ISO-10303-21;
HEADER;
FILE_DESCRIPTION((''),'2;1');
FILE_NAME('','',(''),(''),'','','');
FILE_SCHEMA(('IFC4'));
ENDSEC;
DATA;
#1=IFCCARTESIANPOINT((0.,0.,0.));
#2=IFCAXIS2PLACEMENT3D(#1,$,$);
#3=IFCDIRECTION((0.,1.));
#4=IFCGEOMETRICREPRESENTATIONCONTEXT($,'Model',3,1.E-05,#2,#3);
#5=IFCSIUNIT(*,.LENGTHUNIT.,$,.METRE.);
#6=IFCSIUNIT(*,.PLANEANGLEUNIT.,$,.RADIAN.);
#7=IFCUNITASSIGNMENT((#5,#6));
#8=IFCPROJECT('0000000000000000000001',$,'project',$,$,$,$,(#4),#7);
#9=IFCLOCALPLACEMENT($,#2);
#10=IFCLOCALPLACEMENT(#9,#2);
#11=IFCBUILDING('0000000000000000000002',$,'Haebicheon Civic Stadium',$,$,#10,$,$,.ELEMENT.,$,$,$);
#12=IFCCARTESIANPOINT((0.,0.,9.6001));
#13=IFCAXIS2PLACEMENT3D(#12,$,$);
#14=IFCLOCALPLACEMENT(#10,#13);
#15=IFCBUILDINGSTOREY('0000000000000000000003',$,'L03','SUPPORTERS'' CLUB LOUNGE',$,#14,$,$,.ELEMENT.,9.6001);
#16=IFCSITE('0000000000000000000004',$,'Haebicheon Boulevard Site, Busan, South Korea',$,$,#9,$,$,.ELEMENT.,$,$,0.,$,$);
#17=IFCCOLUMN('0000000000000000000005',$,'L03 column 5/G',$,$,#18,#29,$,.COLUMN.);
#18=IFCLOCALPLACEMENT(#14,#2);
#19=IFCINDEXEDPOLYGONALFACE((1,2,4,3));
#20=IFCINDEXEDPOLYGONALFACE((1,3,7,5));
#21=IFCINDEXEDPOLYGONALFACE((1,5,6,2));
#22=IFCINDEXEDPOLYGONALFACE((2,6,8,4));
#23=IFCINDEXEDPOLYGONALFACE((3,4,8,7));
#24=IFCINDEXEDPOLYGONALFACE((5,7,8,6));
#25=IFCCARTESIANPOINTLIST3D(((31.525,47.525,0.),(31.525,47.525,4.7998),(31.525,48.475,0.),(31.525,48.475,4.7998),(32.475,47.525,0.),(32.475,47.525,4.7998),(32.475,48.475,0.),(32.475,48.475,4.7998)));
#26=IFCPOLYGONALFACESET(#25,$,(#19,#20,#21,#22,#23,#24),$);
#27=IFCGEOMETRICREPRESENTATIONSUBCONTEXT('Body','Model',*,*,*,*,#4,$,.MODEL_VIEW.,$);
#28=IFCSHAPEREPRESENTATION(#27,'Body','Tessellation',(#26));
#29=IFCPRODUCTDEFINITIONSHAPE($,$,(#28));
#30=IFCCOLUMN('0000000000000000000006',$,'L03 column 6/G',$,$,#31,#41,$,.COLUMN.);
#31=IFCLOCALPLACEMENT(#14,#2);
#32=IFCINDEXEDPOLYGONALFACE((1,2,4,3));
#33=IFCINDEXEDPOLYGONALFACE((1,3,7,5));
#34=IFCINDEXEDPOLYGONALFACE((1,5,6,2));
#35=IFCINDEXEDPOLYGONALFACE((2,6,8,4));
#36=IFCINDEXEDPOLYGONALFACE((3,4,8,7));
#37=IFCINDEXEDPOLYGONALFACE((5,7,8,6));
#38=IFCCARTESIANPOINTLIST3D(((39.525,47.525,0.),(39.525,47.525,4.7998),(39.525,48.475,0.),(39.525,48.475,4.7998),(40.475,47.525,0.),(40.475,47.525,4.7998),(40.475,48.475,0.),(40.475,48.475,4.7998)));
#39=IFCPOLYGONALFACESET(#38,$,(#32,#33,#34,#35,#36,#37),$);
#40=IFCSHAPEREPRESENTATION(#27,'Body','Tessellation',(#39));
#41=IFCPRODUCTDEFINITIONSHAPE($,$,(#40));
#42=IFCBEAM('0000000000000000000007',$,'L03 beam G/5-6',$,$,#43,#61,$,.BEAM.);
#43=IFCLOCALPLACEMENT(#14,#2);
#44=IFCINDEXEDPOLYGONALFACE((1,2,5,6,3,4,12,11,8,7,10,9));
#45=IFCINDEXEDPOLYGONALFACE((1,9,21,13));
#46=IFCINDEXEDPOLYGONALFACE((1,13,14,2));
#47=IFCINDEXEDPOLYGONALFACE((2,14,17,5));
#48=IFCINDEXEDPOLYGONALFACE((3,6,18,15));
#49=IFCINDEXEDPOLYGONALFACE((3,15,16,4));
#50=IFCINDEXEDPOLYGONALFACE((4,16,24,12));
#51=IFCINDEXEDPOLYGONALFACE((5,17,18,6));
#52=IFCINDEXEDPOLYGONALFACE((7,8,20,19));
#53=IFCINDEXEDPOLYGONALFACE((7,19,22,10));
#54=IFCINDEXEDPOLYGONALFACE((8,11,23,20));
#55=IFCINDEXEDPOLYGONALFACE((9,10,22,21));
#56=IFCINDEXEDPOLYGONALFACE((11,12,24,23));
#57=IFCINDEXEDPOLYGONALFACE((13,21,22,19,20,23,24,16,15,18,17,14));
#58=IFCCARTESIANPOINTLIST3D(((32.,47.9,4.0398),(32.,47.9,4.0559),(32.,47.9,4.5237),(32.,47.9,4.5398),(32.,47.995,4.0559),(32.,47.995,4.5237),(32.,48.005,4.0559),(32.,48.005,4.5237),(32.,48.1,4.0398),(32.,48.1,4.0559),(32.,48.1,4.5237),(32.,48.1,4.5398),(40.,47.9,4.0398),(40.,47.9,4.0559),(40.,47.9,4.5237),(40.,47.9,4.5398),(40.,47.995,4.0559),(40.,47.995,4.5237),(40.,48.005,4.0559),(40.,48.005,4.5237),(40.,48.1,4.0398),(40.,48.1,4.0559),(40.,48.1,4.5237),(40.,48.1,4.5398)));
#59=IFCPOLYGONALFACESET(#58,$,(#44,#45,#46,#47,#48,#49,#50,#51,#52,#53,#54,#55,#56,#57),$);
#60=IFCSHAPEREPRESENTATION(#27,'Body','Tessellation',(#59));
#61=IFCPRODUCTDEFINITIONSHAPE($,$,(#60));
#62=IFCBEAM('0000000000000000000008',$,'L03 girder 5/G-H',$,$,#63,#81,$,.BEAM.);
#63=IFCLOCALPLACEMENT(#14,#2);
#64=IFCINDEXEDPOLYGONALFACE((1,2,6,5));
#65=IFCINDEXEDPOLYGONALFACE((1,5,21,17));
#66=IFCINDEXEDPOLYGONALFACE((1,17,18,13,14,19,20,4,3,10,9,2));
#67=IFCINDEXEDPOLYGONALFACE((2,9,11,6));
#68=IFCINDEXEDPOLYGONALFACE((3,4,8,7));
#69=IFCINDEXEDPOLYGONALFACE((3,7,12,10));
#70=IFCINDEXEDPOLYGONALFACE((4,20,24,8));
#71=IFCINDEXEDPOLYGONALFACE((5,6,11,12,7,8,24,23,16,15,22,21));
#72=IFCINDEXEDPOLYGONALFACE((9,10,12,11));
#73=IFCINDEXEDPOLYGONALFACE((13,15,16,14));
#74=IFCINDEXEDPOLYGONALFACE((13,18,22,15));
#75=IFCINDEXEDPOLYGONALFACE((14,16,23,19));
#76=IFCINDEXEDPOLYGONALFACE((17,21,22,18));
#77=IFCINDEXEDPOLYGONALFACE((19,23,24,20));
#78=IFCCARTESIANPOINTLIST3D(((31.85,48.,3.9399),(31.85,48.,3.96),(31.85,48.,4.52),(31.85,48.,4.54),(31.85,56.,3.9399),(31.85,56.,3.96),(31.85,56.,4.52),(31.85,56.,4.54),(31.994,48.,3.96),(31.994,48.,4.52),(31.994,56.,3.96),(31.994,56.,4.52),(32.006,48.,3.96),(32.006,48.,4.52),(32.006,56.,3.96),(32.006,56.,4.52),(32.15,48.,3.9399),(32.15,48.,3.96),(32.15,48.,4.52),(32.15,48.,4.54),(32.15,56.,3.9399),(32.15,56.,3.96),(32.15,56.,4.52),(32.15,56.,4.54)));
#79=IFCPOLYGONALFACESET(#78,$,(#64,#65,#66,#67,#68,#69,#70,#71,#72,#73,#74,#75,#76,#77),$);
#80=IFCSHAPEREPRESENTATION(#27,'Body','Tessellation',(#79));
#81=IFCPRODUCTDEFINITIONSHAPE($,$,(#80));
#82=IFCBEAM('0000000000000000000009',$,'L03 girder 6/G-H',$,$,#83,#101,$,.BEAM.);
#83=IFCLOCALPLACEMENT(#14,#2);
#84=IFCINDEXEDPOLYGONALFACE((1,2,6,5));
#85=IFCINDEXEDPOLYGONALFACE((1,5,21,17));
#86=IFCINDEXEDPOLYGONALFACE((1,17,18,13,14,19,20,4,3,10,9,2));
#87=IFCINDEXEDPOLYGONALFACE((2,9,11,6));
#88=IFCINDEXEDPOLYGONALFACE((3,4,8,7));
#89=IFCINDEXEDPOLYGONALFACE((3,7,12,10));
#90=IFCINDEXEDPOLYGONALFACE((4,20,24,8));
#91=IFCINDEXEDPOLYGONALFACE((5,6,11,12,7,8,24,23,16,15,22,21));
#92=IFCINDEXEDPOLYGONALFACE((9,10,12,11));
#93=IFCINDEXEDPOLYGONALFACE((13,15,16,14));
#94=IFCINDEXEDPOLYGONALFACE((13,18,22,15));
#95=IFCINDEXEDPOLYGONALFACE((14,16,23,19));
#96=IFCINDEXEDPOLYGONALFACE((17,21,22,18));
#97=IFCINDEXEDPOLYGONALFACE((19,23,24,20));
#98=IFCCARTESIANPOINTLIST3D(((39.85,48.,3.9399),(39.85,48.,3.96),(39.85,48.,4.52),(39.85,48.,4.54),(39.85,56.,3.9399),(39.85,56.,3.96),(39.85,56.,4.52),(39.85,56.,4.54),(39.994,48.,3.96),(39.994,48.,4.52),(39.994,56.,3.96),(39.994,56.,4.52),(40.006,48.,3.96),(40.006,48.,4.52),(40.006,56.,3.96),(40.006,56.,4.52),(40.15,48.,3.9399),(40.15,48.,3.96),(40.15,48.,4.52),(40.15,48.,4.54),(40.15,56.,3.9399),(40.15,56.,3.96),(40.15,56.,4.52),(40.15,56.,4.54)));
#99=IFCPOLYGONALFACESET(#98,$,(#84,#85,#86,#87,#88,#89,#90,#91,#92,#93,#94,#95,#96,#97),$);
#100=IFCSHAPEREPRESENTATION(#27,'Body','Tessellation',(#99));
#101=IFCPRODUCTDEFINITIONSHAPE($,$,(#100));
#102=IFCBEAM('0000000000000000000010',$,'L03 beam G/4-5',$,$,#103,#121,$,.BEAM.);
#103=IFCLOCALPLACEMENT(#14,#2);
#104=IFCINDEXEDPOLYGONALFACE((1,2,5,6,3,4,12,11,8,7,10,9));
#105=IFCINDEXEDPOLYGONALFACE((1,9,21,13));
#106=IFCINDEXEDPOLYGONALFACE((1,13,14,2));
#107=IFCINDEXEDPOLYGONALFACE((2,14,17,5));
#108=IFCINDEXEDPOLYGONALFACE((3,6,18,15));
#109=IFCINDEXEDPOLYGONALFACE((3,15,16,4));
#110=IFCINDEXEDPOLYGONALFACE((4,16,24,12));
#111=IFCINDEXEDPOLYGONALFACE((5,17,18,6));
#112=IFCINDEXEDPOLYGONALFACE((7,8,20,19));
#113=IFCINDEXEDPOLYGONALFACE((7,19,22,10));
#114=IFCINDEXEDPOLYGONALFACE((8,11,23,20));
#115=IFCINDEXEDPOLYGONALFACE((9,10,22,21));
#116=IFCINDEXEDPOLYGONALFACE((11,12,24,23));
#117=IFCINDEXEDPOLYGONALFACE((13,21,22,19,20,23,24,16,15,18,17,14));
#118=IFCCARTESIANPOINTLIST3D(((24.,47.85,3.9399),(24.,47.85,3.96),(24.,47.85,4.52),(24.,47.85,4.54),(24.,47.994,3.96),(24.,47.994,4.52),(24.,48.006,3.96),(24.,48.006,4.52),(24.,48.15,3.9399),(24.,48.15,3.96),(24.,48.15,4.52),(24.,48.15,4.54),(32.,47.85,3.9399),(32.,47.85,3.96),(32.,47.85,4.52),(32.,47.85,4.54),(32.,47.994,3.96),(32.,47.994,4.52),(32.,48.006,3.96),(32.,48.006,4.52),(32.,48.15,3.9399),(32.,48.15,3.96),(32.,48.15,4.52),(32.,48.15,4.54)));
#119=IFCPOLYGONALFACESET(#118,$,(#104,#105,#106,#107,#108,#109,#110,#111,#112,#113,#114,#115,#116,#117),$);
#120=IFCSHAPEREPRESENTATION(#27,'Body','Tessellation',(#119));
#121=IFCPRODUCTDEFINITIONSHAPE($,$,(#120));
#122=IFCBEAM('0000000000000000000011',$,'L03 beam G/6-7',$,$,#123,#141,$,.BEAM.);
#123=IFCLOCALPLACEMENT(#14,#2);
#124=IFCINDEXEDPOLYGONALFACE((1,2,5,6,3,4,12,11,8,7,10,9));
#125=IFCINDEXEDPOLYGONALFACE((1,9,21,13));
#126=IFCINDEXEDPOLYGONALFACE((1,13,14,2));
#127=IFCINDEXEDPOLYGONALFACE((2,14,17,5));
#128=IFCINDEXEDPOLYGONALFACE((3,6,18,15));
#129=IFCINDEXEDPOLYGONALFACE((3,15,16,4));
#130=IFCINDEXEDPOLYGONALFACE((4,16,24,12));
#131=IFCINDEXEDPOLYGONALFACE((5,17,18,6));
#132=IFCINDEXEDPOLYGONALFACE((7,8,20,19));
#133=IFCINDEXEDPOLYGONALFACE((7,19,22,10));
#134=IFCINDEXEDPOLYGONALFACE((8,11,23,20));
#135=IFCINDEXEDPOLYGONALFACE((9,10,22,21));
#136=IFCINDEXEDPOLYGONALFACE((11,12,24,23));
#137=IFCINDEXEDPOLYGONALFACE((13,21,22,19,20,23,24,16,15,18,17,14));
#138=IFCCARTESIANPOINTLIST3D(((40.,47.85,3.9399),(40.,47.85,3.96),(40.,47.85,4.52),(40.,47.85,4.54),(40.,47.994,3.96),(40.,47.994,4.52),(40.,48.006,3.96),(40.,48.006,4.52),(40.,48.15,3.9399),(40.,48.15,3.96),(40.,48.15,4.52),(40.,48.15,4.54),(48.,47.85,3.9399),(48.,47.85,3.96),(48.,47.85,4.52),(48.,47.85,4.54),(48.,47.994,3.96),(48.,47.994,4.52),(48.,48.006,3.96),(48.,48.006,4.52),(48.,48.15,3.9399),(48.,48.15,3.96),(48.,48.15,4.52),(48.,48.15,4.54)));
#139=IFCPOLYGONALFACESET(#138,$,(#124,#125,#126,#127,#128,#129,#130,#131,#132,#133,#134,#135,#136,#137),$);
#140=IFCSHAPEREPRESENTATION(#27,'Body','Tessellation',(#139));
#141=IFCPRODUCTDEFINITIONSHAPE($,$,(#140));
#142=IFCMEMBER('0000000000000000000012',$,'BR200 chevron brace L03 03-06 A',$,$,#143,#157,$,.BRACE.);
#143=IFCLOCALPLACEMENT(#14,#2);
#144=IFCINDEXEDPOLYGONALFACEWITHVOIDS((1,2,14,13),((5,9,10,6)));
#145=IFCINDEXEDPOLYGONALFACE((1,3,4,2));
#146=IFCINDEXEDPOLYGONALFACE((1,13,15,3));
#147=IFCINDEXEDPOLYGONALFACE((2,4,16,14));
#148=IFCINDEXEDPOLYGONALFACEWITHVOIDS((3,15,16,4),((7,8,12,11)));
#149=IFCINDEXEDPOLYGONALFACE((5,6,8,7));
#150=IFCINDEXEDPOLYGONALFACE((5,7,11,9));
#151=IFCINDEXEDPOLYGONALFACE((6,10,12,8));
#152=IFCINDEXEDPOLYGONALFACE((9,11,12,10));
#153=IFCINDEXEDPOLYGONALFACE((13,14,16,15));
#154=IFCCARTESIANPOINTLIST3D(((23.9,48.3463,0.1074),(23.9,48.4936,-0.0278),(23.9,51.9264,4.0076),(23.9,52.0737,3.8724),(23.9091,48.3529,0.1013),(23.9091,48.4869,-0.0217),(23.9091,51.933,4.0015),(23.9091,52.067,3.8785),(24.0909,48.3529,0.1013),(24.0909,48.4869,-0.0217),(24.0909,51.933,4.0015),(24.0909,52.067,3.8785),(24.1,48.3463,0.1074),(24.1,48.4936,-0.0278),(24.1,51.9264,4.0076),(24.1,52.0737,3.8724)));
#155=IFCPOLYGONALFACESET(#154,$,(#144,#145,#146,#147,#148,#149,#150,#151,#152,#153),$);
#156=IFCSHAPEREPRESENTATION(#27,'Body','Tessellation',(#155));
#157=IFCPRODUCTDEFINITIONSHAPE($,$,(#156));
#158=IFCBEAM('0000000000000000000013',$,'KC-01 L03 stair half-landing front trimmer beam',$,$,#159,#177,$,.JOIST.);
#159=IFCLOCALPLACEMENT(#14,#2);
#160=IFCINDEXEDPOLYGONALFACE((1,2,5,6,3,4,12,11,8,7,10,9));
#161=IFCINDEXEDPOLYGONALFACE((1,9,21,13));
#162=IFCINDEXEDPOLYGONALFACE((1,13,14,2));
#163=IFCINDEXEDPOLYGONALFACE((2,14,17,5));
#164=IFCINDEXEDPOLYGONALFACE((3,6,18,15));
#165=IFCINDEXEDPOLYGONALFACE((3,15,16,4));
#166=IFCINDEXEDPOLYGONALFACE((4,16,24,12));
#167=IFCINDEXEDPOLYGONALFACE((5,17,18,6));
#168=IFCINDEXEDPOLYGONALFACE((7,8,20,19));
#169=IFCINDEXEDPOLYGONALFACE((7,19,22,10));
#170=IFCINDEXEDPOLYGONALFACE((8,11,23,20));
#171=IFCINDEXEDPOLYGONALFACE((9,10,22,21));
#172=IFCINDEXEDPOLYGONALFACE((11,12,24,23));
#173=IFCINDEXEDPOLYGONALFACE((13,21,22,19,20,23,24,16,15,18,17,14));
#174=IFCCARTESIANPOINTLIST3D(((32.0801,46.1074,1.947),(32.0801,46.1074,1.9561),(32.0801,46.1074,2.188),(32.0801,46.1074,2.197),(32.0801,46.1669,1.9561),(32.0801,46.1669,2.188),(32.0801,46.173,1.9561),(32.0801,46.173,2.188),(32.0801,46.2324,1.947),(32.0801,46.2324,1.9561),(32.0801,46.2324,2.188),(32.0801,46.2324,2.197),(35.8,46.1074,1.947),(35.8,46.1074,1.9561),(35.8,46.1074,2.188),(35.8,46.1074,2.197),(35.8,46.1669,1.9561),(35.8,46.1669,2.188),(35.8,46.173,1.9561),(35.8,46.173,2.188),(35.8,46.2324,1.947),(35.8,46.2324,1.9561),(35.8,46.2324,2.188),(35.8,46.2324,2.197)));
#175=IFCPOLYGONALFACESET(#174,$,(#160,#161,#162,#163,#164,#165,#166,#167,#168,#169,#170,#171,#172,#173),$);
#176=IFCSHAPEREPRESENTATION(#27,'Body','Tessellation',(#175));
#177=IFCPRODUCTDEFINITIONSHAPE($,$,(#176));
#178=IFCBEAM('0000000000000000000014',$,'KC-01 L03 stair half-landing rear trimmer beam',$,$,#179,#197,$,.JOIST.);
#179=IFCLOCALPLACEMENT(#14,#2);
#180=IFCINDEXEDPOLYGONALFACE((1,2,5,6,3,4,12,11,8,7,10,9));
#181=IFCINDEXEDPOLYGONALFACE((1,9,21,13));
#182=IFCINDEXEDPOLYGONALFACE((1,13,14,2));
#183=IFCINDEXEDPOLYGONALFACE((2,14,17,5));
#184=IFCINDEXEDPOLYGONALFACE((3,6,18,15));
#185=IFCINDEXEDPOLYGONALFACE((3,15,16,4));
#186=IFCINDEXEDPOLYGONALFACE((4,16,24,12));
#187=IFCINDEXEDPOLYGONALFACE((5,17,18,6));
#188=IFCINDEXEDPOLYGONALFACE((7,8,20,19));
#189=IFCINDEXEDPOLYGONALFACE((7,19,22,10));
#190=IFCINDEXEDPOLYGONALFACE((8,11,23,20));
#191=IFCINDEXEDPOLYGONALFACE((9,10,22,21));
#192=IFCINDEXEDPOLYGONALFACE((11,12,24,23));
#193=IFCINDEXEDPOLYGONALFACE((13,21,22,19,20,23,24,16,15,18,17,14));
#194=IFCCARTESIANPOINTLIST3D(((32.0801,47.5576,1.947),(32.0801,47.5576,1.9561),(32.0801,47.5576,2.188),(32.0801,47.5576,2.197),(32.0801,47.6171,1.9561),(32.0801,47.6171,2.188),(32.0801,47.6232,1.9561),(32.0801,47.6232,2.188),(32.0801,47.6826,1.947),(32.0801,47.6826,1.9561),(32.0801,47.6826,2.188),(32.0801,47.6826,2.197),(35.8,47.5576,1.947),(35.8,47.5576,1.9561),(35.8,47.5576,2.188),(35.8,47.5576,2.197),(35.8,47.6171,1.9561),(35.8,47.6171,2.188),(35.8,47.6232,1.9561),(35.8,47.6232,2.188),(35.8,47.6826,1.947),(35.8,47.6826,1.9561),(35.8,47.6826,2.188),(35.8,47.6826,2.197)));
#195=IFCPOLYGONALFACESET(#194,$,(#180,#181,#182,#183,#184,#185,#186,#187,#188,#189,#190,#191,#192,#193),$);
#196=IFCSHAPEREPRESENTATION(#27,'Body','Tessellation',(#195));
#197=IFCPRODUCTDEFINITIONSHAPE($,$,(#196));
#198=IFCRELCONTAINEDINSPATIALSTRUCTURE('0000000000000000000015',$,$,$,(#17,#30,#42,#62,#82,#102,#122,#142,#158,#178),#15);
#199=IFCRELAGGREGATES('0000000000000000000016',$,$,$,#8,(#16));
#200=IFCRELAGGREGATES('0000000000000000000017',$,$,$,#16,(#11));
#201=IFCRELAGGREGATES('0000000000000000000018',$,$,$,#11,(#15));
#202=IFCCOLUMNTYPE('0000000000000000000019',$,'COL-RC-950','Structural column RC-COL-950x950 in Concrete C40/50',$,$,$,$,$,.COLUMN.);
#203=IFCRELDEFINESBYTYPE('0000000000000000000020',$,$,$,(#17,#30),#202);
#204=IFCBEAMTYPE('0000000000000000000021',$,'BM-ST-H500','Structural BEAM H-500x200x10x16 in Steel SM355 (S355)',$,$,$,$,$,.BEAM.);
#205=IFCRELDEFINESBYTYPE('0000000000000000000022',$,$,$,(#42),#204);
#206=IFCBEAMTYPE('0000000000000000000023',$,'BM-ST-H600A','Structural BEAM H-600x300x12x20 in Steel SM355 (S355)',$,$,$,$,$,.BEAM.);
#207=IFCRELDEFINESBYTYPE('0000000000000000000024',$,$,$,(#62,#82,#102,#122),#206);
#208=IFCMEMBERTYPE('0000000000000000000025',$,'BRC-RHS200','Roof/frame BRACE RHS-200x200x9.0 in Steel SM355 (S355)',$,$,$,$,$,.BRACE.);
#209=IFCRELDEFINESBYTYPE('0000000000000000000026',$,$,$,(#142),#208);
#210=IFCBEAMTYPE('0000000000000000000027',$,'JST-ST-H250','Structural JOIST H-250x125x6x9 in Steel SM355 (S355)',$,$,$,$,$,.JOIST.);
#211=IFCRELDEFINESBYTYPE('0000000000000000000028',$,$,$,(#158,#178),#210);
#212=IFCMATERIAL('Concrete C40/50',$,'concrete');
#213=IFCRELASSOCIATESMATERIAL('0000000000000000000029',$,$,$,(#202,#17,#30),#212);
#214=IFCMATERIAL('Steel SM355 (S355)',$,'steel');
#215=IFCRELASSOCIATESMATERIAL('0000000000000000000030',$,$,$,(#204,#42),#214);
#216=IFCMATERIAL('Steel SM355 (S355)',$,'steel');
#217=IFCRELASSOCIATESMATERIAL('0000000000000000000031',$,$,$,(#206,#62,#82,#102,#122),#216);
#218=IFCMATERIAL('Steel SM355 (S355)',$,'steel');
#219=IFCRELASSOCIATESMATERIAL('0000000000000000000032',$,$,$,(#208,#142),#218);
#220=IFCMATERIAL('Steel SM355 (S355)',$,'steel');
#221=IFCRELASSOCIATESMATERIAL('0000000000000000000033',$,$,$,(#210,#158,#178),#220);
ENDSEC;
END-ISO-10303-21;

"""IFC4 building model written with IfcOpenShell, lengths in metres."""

from ifc_helpers import new_model, si_unit, direction, frame, origin, origin_2d, place, context, subcontext, project, spatial, rectangle, hollow_rectangle, i_section, extrude, material, material_profile, profile_set, type_object, element, save


model = new_model("IFC4")

# Units and contexts
model_context = context("Model", 3, precision=1e-05, world=origin(), true_north=direction((0.0, 1.0)))
body_context = subcontext(model_context, "Body", "Model", "MODEL_VIEW")
ifc_project = project(units=[si_unit("LENGTHUNIT", "METRE"), si_unit("PLANEANGLEUNIT", "RADIAN")], contexts=[model_context])

# Site, building, storey
site_placement = place(None, origin())
site = spatial("IfcSite", under=ifc_project, at=site_placement, Name="Haebicheon Boulevard Site, Busan, South Korea", CompositionType="ELEMENT", RefElevation=0.0)
building_placement = place(site_placement, origin())
building = spatial("IfcBuilding", under=site, at=building_placement, Name="Haebicheon Civic Stadium", CompositionType="ELEMENT")
storey_placement = place(building_placement, frame((0.0, 0.0, 9.6001)))
storey = spatial("IfcBuildingStorey", under=building, at=storey_placement, Name="L03", Description="SUPPORTERS' CLUB LOUNGE", CompositionType="ELEMENT", Elevation=9.6001)

# Columns
ifc_material_1 = material(Name="Concrete C40/50", Category="concrete")
ifc_material_profile_1 = material_profile(ifc_material_1, rectangle(XDim=0.95, YDim=0.95, at=origin_2d()), Name="RC-COL-950x950")
ifc_profile_set_1 = profile_set([ifc_material_profile_1], Name="Concrete C40/50")
column_type = type_object("IfcColumnType", Name="COL-RC-950", Description="Structural column RC-COL-950x950 in Concrete C40/50", PredefinedType="COLUMN", material=ifc_profile_set_1)
for number, where, z_axis, x_axis, name in (
    (1, (32.0, 48.0, 0.0), (0.0, 0.0, 1.0), (1.0, 0.0, 0.0), "L03 column 5/G"),
    (2, (40.0, 48.0, 0.0), (0.0, 0.0, 1.0), (1.0, 0.0, 0.0), "L03 column 6/G"),
):
    element("IfcColumn", number, at=place(storey_placement, frame(where, z_axis=z_axis, x_axis=x_axis)), inside=storey, type_object=column_type, material=ifc_profile_set_1, Name=name, PredefinedType="COLUMN", context=body_context, shape_type="SweptSolid", body=[
        extrude(rectangle(XDim=0.95, YDim=0.95, at=origin_2d()), origin(), (0.0, 0.0, 1.0), 4.7998),
    ])

# Beams
ifc_material_2 = material(Name="Steel SM355 (S355)", Category="steel")
ifc_material_profile_2 = material_profile(ifc_material_2, i_section(OverallWidth=0.2, OverallDepth=0.5, WebThickness=0.01, FlangeThickness=0.0161, at=origin_2d()), Name="H-500x200x10x16")
ifc_profile_set_2 = profile_set([ifc_material_profile_2], Name="Steel SM355 (S355)")
beam_type_1 = type_object("IfcBeamType", Name="BM-ST-H500", Description="Structural BEAM H-500x200x10x16 in Steel SM355 (S355)", PredefinedType="BEAM", material=ifc_profile_set_2)
beam_1_placement = place(storey_placement, frame((32.0, 48.0, 4.2898), z_axis=(1.0, 0.0, 0.0), x_axis=(0.0, 1.0, 0.0)))
element("IfcBeam", 3, at=beam_1_placement, inside=storey, type_object=beam_type_1, material=ifc_profile_set_2, Name="L03 beam G/5-6", PredefinedType="BEAM", context=body_context, shape_type="SweptSolid", body=[
    extrude(i_section(OverallWidth=0.2, OverallDepth=0.5, WebThickness=0.01, FlangeThickness=0.0161, at=origin_2d()), origin(), (0.0, 0.0, 1.0), 8.0),
])
ifc_material_3 = material(Name="Steel SM355 (S355)", Category="steel")
ifc_material_profile_3 = material_profile(ifc_material_3, i_section(OverallWidth=0.3, OverallDepth=0.6001, WebThickness=0.012, FlangeThickness=0.02, at=origin_2d()), Name="H-600x300x12x20")
ifc_profile_set_3 = profile_set([ifc_material_profile_3], Name="Steel SM355 (S355)")
beam_type_2 = type_object("IfcBeamType", Name="BM-ST-H600A", Description="Structural BEAM H-600x300x12x20 in Steel SM355 (S355)", PredefinedType="BEAM", material=ifc_profile_set_3)
for number, where, z_axis, x_axis, name in (
    (4, (32.0, 48.0, 4.24), (0.0, 1.0, 0.0), (-1.0, 0.0, 0.0), "L03 girder 5/G-H"),
    (5, (40.0, 48.0, 4.24), (0.0, 1.0, 0.0), (-1.0, 0.0, 0.0), "L03 girder 6/G-H"),
    (6, (24.0, 48.0, 4.24), (1.0, 0.0, 0.0), (0.0, 1.0, 0.0), "L03 beam G/4-5"),
    (7, (40.0, 48.0, 4.24), (1.0, 0.0, 0.0), (0.0, 1.0, 0.0), "L03 beam G/6-7"),
):
    element("IfcBeam", number, at=place(storey_placement, frame(where, z_axis=z_axis, x_axis=x_axis)), inside=storey, type_object=beam_type_2, material=ifc_profile_set_3, Name=name, PredefinedType="BEAM", context=body_context, shape_type="SweptSolid", body=[
        extrude(i_section(OverallWidth=0.3, OverallDepth=0.6001, WebThickness=0.012, FlangeThickness=0.02, at=origin_2d()), origin(), (0.0, 0.0, 1.0), 8.0),
    ])

# Member
ifc_material_4 = material(Name="Steel SM355 (S355)", Category="steel")
ifc_material_profile_4 = material_profile(ifc_material_4, hollow_rectangle(XDim=0.2, YDim=0.2, WallThickness=0.009, at=origin_2d()), Name="RHS-200x200x9.0")
ifc_profile_set_4 = profile_set([ifc_material_profile_4], Name="Steel SM355 (S355)")
member_type = type_object("IfcMemberType", Name="BRC-RHS200", Description="Roof/frame BRACE RHS-200x200x9.0 in Steel SM355 (S355)", PredefinedType="BRACE", material=ifc_profile_set_4)
member_placement = place(storey_placement, frame((24.0, 48.4199, 0.0398), z_axis=(0.0, 0.676232, 0.736689), x_axis=(-1.0, 0.0, 0.0)))
element("IfcMember", 8, at=member_placement, inside=storey, type_object=member_type, material=ifc_profile_set_4, Name="BR200 chevron brace L03 03-06 A", PredefinedType="BRACE", context=body_context, shape_type="SweptSolid", body=[
    extrude(hollow_rectangle(XDim=0.2, YDim=0.2, WallThickness=0.009, at=origin_2d()), origin(), (0.0, 0.0, 1.0), 5.2942),
])

# Beams
ifc_material_5 = material(Name="Steel SM355 (S355)", Category="steel")
ifc_material_profile_5 = material_profile(ifc_material_5, i_section(OverallWidth=0.125, OverallDepth=0.25, WebThickness=0.0061, FlangeThickness=0.009, at=origin_2d()), Name="H-250x125x6x9")
ifc_profile_set_5 = profile_set([ifc_material_profile_5], Name="Steel SM355 (S355)")
beam_type_3 = type_object("IfcBeamType", Name="JST-ST-H250", Description="Structural JOIST H-250x125x6x9 in Steel SM355 (S355)", PredefinedType="JOIST", material=ifc_profile_set_5)
for number, where, z_axis, x_axis, name in (
    (9, (32.0801, 46.1699, 2.072), (1.0, 0.0, 0.0), (0.0, 1.0, 0.0), "KC-01 L03 stair half-landing front trimmer beam"),
    (10, (32.0801, 47.6201, 2.072), (1.0, 0.0, 0.0), (0.0, 1.0, 0.0), "KC-01 L03 stair half-landing rear trimmer beam"),
):
    element("IfcBeam", number, at=place(storey_placement, frame(where, z_axis=z_axis, x_axis=x_axis)), inside=storey, type_object=beam_type_3, material=ifc_profile_set_5, Name=name, PredefinedType="JOIST", context=body_context, shape_type="SweptSolid", body=[
        extrude(i_section(OverallWidth=0.125, OverallDepth=0.25, WebThickness=0.0061, FlangeThickness=0.009, at=origin_2d()), origin(), (0.0, 0.0, 1.0), 3.72),
    ])

save(model, "model.ifc")
